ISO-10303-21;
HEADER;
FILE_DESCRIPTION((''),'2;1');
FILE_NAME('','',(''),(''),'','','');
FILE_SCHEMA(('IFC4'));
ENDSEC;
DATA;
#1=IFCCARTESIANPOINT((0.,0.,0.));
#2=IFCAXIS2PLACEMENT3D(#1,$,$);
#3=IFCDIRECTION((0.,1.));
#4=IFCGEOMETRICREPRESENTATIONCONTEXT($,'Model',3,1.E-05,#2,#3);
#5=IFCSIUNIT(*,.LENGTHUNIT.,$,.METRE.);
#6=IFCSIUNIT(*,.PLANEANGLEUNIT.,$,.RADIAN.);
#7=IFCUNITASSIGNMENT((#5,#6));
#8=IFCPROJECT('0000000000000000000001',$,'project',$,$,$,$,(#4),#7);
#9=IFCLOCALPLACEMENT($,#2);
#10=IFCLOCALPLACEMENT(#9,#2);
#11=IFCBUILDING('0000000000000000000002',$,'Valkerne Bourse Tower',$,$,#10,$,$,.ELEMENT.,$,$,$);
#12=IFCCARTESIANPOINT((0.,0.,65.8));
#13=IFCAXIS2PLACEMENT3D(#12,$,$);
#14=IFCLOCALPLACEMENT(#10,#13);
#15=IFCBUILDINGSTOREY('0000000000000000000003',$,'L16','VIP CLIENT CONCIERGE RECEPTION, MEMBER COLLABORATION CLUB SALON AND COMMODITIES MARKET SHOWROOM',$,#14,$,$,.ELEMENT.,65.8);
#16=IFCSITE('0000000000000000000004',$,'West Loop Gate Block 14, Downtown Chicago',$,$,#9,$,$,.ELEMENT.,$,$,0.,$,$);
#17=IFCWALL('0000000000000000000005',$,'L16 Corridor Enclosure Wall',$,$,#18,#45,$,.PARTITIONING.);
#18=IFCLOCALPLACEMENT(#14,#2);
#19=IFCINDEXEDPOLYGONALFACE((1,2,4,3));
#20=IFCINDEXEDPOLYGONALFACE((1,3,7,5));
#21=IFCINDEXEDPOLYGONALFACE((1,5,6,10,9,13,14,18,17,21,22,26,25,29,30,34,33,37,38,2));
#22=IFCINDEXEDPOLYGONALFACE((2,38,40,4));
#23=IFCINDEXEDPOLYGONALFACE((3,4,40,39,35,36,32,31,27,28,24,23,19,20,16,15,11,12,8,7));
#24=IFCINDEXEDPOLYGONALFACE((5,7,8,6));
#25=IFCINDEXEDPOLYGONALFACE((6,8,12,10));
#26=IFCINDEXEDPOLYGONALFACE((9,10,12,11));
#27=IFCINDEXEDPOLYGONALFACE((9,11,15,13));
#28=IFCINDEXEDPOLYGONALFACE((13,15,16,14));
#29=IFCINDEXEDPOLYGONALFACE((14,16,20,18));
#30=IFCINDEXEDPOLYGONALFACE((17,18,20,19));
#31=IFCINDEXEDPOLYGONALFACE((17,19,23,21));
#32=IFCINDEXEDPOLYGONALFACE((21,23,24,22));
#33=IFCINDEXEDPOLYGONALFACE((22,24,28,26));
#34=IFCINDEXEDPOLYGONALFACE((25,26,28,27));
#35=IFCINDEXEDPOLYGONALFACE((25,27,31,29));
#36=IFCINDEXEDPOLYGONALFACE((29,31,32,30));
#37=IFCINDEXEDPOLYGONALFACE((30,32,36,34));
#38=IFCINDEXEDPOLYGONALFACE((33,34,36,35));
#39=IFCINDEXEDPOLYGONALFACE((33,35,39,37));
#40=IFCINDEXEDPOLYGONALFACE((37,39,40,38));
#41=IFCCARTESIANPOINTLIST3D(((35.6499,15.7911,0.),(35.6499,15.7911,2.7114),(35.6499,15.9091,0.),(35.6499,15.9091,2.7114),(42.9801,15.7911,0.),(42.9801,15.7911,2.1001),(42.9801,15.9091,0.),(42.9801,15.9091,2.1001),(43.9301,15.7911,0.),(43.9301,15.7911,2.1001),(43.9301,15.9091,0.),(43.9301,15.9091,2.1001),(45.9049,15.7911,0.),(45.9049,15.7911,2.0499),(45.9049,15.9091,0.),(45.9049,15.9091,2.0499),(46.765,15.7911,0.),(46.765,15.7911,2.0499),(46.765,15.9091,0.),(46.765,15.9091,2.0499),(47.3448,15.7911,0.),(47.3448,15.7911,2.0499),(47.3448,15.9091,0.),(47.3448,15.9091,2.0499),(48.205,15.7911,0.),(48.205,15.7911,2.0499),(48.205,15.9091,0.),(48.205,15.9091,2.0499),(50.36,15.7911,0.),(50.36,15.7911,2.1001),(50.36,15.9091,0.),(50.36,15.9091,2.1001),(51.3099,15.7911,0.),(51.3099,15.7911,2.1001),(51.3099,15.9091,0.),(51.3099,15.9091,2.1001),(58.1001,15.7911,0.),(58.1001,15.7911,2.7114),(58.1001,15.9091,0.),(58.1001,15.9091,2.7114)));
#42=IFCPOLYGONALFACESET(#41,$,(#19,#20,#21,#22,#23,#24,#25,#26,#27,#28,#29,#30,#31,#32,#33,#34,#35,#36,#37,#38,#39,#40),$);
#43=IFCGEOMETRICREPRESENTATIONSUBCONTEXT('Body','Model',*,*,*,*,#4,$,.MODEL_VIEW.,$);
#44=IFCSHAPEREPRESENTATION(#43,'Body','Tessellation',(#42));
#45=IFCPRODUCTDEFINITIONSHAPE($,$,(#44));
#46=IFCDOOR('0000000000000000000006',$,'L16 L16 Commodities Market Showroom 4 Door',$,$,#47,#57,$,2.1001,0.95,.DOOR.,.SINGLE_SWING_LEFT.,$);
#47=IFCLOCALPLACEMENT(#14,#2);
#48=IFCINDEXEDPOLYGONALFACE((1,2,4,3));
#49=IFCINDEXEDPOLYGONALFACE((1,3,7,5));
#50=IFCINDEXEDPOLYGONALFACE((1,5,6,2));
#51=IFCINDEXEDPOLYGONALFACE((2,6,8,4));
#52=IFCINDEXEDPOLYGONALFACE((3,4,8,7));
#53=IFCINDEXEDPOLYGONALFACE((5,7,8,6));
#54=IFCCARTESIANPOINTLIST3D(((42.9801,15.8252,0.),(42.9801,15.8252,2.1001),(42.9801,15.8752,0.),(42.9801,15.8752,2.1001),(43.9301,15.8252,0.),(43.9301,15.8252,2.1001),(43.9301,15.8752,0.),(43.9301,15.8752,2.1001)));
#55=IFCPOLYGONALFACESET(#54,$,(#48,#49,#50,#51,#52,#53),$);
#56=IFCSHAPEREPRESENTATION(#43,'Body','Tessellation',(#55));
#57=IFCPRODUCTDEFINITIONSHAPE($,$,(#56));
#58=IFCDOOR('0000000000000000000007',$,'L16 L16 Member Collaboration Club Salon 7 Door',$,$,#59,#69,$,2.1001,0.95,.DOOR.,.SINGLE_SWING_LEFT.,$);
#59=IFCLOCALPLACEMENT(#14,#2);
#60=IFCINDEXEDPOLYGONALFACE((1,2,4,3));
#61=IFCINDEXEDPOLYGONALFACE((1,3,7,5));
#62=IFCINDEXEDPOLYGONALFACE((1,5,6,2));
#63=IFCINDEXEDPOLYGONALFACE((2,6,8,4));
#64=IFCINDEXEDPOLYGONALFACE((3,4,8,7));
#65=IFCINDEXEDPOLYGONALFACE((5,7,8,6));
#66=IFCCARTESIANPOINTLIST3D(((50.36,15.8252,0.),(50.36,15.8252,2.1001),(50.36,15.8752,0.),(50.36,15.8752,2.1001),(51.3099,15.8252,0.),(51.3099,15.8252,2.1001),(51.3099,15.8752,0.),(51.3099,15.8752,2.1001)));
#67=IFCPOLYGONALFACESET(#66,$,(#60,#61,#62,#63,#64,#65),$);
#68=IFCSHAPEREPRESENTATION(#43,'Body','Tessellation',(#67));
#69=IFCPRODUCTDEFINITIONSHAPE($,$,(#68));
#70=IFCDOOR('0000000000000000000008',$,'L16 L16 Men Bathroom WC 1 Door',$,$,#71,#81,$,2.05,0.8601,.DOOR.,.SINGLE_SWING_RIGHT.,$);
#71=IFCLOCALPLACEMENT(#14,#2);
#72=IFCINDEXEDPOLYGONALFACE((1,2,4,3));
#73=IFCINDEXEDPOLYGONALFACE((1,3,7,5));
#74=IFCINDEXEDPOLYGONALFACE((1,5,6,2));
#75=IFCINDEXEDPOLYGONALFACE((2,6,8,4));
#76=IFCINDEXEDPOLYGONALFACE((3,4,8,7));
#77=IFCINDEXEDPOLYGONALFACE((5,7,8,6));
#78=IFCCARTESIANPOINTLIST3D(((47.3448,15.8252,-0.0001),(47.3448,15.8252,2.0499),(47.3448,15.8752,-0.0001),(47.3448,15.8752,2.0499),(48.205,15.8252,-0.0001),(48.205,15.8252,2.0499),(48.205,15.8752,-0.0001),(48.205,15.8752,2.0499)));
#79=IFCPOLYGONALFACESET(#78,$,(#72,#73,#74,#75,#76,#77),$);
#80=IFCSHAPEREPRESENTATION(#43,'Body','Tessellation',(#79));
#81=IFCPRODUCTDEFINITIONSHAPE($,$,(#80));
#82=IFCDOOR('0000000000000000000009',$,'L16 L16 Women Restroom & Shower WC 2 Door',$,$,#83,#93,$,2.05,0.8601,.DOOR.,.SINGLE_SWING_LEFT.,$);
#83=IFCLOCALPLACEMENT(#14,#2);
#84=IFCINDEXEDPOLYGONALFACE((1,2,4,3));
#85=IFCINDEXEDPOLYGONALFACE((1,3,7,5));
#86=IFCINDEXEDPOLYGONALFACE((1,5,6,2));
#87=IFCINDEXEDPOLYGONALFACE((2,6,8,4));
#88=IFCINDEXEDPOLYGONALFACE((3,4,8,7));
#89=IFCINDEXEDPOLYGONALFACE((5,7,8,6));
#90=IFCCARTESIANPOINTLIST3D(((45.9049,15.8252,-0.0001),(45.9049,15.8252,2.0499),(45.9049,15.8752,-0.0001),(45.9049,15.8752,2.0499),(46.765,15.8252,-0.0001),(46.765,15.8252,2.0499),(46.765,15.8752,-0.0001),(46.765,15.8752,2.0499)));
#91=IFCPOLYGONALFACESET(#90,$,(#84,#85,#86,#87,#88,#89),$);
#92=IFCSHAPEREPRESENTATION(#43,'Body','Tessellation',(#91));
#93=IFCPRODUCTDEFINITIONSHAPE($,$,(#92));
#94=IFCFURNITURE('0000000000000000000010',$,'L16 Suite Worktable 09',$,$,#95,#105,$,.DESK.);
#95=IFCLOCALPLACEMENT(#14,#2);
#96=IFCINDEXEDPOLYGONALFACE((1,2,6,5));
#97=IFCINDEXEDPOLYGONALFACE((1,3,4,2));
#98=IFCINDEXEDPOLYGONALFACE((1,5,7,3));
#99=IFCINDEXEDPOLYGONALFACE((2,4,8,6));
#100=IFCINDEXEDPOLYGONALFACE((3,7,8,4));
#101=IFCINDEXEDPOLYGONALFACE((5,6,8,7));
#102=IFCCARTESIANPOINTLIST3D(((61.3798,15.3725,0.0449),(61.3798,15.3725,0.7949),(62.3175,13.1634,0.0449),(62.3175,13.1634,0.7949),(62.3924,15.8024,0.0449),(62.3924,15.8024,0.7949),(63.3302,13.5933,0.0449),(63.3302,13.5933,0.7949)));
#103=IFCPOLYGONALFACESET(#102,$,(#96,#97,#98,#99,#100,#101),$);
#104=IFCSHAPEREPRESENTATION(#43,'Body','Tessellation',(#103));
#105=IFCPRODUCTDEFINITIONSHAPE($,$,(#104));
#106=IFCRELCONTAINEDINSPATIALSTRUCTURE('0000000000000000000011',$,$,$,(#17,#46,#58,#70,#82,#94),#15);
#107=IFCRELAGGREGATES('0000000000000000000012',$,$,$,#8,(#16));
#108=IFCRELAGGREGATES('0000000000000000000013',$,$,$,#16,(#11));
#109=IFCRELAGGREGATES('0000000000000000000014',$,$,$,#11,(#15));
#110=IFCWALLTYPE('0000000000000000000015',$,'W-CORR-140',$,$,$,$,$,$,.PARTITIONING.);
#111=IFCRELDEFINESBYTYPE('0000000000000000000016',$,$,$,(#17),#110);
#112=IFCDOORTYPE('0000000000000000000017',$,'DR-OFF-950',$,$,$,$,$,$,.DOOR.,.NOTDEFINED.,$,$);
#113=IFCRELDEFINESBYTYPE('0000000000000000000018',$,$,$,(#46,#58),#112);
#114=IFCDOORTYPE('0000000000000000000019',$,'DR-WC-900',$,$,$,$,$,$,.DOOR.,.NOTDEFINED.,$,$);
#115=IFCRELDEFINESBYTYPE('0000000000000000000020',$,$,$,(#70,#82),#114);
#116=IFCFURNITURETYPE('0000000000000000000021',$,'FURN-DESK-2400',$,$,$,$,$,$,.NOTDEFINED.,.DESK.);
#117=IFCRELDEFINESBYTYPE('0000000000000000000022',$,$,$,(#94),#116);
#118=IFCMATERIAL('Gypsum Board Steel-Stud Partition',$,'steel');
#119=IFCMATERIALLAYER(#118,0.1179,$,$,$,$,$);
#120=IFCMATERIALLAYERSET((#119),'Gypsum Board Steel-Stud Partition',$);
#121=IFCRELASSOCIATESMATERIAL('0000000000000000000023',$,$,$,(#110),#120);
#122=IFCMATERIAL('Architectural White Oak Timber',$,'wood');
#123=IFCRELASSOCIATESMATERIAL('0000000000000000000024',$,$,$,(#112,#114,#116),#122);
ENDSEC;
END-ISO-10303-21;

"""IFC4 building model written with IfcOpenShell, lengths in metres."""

from ifc_helpers import new_model, si_unit, direction, frame, frame_2d, origin, origin_2d, place, context, subcontext, project, spatial, rectangle, extrude, material, layer, layer_set, type_object, element, fill, save


model = new_model("IFC4")

# Units and contexts
model_context = context("Model", 3, precision=1e-05, world=origin(), true_north=direction((0.0, 1.0)))
body_context = subcontext(model_context, "Body", "Model", "MODEL_VIEW")
ifc_project = project(units=[si_unit("LENGTHUNIT", "METRE"), si_unit("PLANEANGLEUNIT", "RADIAN")], contexts=[model_context])

# Site, building, storey
site_placement = place(None, origin())
site = spatial("IfcSite", under=ifc_project, at=site_placement, Name="West Loop Gate Block 14, Downtown Chicago", CompositionType="ELEMENT", RefElevation=0.0)
building_placement = place(site_placement, origin())
building = spatial("IfcBuilding", under=site, at=building_placement, Name="Valkerne Bourse Tower", CompositionType="ELEMENT")
storey_placement = place(building_placement, frame((0.0, 0.0, 65.8)))
storey = spatial("IfcBuildingStorey", under=building, at=storey_placement, Name="L16", Description="VIP CLIENT CONCIERGE RECEPTION, MEMBER COLLABORATION CLUB SALON AND COMMODITIES MARKET SHOWROOM", CompositionType="ELEMENT", Elevation=65.8)

# Wall, openings, doors
ifc_material_1 = material(Name="Gypsum Board Steel-Stud Partition", Category="steel")
ifc_layer_1 = layer(ifc_material_1, 0.1179)
ifc_layer_set_1 = layer_set([ifc_layer_1], Name="Gypsum Board Steel-Stud Partition")
wall_type = type_object("IfcWallType", Name="W-CORR-140", PredefinedType="PARTITIONING", material=ifc_layer_set_1)
wall_placement = place(storey_placement, frame((58.1001, 15.8501, 0.0), z_axis=(0.0, 0.0, 1.0), x_axis=(-1.0, 0.0, 0.0)))
wall = element("IfcWall", 1, at=wall_placement, inside=storey, type_object=wall_type, Name="L16 Corridor Enclosure Wall", PredefinedType="PARTITIONING", context=body_context, shape_type="SweptSolid", body=[
    extrude(rectangle(XDim=22.4502, YDim=0.1179, at=frame_2d((11.2251, 0.0))), origin(), (0.0, 0.0, 1.0), 2.7114),
])
opening_1_placement = place(wall_placement, frame((9.895, 0.0, 0.0)))
opening_1 = element("IfcOpeningElement", 2, at=opening_1_placement, cuts=wall, PredefinedType="OPENING", context=body_context, shape_type="SweptSolid", body=[
    extrude(rectangle(XDim=0.8601, YDim=2.05, at=frame_2d((0.4302, 1.0249))), frame((0.0, 0.0688, 0.0), z_axis=(0.0, -1.0, 0.0), x_axis=(1.0, 0.0, 0.0)), (0.0, 0.0, 1.0), 0.1379),
])
opening_2_placement = place(wall_placement, frame((11.335, 0.0, 0.0)))
opening_2 = element("IfcOpeningElement", 3, at=opening_2_placement, cuts=wall, PredefinedType="OPENING", context=body_context, shape_type="SweptSolid", body=[
    extrude(rectangle(XDim=0.8601, YDim=2.05, at=frame_2d((0.4302, 1.0249))), frame((0.0, 0.0688, 0.0), z_axis=(0.0, -1.0, 0.0), x_axis=(1.0, 0.0, 0.0)), (0.0, 0.0, 1.0), 0.1379),
])
opening_3_placement = place(wall_placement, frame((14.1699, 0.0, 0.0)))
opening_3 = element("IfcOpeningElement", 4, at=opening_3_placement, cuts=wall, PredefinedType="OPENING", context=body_context, shape_type="SweptSolid", body=[
    extrude(rectangle(XDim=0.95, YDim=2.1001, at=frame_2d((0.4751, 1.05))), frame((0.0, 0.0688, 0.0), z_axis=(0.0, -1.0, 0.0), x_axis=(1.0, 0.0, 0.0)), (0.0, 0.0, 1.0), 0.1379),
])
opening_4_placement = place(wall_placement, frame((6.79, 0.0, 0.0)))
opening_4 = element("IfcOpeningElement", 5, at=opening_4_placement, cuts=wall, PredefinedType="OPENING", context=body_context, shape_type="SweptSolid", body=[
    extrude(rectangle(XDim=0.95, YDim=2.1001, at=frame_2d((0.4751, 1.05))), frame((0.0, 0.0688, 0.0), z_axis=(0.0, -1.0, 0.0), x_axis=(1.0, 0.0, 0.0)), (0.0, 0.0, 1.0), 0.1379),
])
ifc_material_2 = material(Name="Architectural White Oak Timber", Category="wood")
door_type_1 = type_object("IfcDoorType", Name="DR-OFF-950", OperationType="NOTDEFINED", PredefinedType="DOOR", material=ifc_material_2)
door_1_placement = place(opening_3_placement, origin())
door_1 = element("IfcDoor", 6, at=door_1_placement, inside=storey, type_object=door_type_1, Name="L16 L16 Commodities Market Showroom 4 Door", OperationType="SINGLE_SWING_LEFT", OverallHeight=2.1001, OverallWidth=0.95, PredefinedType="DOOR", context=body_context, shape_type="SweptSolid", body=[
    extrude(rectangle(XDim=0.95, YDim=2.1001, at=frame_2d((0.4751, 1.05))), frame((0.0, 0.0249, 0.0), z_axis=(0.0, -1.0, 0.0), x_axis=(1.0, 0.0, 0.0)), (0.0, 0.0, 1.0), 0.05),
])
fill(opening_3, door_1)
door_2_placement = place(opening_4_placement, origin())
door_2 = element("IfcDoor", 7, at=door_2_placement, inside=storey, type_object=door_type_1, Name="L16 L16 Member Collaboration Club Salon 7 Door", OperationType="SINGLE_SWING_LEFT", OverallHeight=2.1001, OverallWidth=0.95, PredefinedType="DOOR", context=body_context, shape_type="SweptSolid", body=[
    extrude(rectangle(XDim=0.95, YDim=2.1001, at=frame_2d((0.4751, 1.05))), frame((0.0, 0.0249, 0.0), z_axis=(0.0, -1.0, 0.0), x_axis=(1.0, 0.0, 0.0)), (0.0, 0.0, 1.0), 0.05),
])
fill(opening_4, door_2)
door_type_2 = type_object("IfcDoorType", Name="DR-WC-900", OperationType="NOTDEFINED", PredefinedType="DOOR", material=ifc_material_2)
door_3_placement = place(opening_1_placement, origin())
door_3 = element("IfcDoor", 8, at=door_3_placement, inside=storey, type_object=door_type_2, Name="L16 L16 Men Bathroom WC 1 Door", OperationType="SINGLE_SWING_RIGHT", OverallHeight=2.05, OverallWidth=0.8601, PredefinedType="DOOR", context=body_context, shape_type="SweptSolid", body=[
    extrude(rectangle(XDim=0.8601, YDim=2.05, at=frame_2d((0.4302, 1.0249))), frame((0.0, 0.0249, 0.0), z_axis=(0.0, -1.0, 0.0), x_axis=(1.0, 0.0, 0.0)), (0.0, 0.0, 1.0), 0.05),
])
fill(opening_1, door_3)
door_4_placement = place(opening_2_placement, origin())
door_4 = element("IfcDoor", 9, at=door_4_placement, inside=storey, type_object=door_type_2, Name="L16 L16 Women Restroom & Shower WC 2 Door", OperationType="SINGLE_SWING_LEFT", OverallHeight=2.05, OverallWidth=0.8601, PredefinedType="DOOR", context=body_context, shape_type="SweptSolid", body=[
    extrude(rectangle(XDim=0.8601, YDim=2.05, at=frame_2d((0.4302, 1.0249))), frame((0.0, 0.0249, 0.0), z_axis=(0.0, -1.0, 0.0), x_axis=(1.0, 0.0, 0.0)), (0.0, 0.0, 1.0), 0.05),
])
fill(opening_2, door_4)

# Furniture
furniture_type = type_object("IfcFurnitureType", Name="FURN-DESK-2400", AssemblyPlace="NOTDEFINED", PredefinedType="DESK", material=ifc_material_2)
furniture_placement = place(storey_placement, frame((62.355, 14.4829, 0.0449), z_axis=(0.0, 0.0, 1.0), x_axis=(-0.390731, 0.920505, 0.0)))
element("IfcFurniture", 10, at=furniture_placement, inside=storey, type_object=furniture_type, Name="L16 Suite Worktable 09", PredefinedType="DESK", context=body_context, shape_type="SweptSolid", body=[
    extrude(rectangle(XDim=2.3999, YDim=1.1001, at=origin_2d()), origin(), (0.0, 0.0, 1.0), 0.75),
])

save(model, "model.ifc")
